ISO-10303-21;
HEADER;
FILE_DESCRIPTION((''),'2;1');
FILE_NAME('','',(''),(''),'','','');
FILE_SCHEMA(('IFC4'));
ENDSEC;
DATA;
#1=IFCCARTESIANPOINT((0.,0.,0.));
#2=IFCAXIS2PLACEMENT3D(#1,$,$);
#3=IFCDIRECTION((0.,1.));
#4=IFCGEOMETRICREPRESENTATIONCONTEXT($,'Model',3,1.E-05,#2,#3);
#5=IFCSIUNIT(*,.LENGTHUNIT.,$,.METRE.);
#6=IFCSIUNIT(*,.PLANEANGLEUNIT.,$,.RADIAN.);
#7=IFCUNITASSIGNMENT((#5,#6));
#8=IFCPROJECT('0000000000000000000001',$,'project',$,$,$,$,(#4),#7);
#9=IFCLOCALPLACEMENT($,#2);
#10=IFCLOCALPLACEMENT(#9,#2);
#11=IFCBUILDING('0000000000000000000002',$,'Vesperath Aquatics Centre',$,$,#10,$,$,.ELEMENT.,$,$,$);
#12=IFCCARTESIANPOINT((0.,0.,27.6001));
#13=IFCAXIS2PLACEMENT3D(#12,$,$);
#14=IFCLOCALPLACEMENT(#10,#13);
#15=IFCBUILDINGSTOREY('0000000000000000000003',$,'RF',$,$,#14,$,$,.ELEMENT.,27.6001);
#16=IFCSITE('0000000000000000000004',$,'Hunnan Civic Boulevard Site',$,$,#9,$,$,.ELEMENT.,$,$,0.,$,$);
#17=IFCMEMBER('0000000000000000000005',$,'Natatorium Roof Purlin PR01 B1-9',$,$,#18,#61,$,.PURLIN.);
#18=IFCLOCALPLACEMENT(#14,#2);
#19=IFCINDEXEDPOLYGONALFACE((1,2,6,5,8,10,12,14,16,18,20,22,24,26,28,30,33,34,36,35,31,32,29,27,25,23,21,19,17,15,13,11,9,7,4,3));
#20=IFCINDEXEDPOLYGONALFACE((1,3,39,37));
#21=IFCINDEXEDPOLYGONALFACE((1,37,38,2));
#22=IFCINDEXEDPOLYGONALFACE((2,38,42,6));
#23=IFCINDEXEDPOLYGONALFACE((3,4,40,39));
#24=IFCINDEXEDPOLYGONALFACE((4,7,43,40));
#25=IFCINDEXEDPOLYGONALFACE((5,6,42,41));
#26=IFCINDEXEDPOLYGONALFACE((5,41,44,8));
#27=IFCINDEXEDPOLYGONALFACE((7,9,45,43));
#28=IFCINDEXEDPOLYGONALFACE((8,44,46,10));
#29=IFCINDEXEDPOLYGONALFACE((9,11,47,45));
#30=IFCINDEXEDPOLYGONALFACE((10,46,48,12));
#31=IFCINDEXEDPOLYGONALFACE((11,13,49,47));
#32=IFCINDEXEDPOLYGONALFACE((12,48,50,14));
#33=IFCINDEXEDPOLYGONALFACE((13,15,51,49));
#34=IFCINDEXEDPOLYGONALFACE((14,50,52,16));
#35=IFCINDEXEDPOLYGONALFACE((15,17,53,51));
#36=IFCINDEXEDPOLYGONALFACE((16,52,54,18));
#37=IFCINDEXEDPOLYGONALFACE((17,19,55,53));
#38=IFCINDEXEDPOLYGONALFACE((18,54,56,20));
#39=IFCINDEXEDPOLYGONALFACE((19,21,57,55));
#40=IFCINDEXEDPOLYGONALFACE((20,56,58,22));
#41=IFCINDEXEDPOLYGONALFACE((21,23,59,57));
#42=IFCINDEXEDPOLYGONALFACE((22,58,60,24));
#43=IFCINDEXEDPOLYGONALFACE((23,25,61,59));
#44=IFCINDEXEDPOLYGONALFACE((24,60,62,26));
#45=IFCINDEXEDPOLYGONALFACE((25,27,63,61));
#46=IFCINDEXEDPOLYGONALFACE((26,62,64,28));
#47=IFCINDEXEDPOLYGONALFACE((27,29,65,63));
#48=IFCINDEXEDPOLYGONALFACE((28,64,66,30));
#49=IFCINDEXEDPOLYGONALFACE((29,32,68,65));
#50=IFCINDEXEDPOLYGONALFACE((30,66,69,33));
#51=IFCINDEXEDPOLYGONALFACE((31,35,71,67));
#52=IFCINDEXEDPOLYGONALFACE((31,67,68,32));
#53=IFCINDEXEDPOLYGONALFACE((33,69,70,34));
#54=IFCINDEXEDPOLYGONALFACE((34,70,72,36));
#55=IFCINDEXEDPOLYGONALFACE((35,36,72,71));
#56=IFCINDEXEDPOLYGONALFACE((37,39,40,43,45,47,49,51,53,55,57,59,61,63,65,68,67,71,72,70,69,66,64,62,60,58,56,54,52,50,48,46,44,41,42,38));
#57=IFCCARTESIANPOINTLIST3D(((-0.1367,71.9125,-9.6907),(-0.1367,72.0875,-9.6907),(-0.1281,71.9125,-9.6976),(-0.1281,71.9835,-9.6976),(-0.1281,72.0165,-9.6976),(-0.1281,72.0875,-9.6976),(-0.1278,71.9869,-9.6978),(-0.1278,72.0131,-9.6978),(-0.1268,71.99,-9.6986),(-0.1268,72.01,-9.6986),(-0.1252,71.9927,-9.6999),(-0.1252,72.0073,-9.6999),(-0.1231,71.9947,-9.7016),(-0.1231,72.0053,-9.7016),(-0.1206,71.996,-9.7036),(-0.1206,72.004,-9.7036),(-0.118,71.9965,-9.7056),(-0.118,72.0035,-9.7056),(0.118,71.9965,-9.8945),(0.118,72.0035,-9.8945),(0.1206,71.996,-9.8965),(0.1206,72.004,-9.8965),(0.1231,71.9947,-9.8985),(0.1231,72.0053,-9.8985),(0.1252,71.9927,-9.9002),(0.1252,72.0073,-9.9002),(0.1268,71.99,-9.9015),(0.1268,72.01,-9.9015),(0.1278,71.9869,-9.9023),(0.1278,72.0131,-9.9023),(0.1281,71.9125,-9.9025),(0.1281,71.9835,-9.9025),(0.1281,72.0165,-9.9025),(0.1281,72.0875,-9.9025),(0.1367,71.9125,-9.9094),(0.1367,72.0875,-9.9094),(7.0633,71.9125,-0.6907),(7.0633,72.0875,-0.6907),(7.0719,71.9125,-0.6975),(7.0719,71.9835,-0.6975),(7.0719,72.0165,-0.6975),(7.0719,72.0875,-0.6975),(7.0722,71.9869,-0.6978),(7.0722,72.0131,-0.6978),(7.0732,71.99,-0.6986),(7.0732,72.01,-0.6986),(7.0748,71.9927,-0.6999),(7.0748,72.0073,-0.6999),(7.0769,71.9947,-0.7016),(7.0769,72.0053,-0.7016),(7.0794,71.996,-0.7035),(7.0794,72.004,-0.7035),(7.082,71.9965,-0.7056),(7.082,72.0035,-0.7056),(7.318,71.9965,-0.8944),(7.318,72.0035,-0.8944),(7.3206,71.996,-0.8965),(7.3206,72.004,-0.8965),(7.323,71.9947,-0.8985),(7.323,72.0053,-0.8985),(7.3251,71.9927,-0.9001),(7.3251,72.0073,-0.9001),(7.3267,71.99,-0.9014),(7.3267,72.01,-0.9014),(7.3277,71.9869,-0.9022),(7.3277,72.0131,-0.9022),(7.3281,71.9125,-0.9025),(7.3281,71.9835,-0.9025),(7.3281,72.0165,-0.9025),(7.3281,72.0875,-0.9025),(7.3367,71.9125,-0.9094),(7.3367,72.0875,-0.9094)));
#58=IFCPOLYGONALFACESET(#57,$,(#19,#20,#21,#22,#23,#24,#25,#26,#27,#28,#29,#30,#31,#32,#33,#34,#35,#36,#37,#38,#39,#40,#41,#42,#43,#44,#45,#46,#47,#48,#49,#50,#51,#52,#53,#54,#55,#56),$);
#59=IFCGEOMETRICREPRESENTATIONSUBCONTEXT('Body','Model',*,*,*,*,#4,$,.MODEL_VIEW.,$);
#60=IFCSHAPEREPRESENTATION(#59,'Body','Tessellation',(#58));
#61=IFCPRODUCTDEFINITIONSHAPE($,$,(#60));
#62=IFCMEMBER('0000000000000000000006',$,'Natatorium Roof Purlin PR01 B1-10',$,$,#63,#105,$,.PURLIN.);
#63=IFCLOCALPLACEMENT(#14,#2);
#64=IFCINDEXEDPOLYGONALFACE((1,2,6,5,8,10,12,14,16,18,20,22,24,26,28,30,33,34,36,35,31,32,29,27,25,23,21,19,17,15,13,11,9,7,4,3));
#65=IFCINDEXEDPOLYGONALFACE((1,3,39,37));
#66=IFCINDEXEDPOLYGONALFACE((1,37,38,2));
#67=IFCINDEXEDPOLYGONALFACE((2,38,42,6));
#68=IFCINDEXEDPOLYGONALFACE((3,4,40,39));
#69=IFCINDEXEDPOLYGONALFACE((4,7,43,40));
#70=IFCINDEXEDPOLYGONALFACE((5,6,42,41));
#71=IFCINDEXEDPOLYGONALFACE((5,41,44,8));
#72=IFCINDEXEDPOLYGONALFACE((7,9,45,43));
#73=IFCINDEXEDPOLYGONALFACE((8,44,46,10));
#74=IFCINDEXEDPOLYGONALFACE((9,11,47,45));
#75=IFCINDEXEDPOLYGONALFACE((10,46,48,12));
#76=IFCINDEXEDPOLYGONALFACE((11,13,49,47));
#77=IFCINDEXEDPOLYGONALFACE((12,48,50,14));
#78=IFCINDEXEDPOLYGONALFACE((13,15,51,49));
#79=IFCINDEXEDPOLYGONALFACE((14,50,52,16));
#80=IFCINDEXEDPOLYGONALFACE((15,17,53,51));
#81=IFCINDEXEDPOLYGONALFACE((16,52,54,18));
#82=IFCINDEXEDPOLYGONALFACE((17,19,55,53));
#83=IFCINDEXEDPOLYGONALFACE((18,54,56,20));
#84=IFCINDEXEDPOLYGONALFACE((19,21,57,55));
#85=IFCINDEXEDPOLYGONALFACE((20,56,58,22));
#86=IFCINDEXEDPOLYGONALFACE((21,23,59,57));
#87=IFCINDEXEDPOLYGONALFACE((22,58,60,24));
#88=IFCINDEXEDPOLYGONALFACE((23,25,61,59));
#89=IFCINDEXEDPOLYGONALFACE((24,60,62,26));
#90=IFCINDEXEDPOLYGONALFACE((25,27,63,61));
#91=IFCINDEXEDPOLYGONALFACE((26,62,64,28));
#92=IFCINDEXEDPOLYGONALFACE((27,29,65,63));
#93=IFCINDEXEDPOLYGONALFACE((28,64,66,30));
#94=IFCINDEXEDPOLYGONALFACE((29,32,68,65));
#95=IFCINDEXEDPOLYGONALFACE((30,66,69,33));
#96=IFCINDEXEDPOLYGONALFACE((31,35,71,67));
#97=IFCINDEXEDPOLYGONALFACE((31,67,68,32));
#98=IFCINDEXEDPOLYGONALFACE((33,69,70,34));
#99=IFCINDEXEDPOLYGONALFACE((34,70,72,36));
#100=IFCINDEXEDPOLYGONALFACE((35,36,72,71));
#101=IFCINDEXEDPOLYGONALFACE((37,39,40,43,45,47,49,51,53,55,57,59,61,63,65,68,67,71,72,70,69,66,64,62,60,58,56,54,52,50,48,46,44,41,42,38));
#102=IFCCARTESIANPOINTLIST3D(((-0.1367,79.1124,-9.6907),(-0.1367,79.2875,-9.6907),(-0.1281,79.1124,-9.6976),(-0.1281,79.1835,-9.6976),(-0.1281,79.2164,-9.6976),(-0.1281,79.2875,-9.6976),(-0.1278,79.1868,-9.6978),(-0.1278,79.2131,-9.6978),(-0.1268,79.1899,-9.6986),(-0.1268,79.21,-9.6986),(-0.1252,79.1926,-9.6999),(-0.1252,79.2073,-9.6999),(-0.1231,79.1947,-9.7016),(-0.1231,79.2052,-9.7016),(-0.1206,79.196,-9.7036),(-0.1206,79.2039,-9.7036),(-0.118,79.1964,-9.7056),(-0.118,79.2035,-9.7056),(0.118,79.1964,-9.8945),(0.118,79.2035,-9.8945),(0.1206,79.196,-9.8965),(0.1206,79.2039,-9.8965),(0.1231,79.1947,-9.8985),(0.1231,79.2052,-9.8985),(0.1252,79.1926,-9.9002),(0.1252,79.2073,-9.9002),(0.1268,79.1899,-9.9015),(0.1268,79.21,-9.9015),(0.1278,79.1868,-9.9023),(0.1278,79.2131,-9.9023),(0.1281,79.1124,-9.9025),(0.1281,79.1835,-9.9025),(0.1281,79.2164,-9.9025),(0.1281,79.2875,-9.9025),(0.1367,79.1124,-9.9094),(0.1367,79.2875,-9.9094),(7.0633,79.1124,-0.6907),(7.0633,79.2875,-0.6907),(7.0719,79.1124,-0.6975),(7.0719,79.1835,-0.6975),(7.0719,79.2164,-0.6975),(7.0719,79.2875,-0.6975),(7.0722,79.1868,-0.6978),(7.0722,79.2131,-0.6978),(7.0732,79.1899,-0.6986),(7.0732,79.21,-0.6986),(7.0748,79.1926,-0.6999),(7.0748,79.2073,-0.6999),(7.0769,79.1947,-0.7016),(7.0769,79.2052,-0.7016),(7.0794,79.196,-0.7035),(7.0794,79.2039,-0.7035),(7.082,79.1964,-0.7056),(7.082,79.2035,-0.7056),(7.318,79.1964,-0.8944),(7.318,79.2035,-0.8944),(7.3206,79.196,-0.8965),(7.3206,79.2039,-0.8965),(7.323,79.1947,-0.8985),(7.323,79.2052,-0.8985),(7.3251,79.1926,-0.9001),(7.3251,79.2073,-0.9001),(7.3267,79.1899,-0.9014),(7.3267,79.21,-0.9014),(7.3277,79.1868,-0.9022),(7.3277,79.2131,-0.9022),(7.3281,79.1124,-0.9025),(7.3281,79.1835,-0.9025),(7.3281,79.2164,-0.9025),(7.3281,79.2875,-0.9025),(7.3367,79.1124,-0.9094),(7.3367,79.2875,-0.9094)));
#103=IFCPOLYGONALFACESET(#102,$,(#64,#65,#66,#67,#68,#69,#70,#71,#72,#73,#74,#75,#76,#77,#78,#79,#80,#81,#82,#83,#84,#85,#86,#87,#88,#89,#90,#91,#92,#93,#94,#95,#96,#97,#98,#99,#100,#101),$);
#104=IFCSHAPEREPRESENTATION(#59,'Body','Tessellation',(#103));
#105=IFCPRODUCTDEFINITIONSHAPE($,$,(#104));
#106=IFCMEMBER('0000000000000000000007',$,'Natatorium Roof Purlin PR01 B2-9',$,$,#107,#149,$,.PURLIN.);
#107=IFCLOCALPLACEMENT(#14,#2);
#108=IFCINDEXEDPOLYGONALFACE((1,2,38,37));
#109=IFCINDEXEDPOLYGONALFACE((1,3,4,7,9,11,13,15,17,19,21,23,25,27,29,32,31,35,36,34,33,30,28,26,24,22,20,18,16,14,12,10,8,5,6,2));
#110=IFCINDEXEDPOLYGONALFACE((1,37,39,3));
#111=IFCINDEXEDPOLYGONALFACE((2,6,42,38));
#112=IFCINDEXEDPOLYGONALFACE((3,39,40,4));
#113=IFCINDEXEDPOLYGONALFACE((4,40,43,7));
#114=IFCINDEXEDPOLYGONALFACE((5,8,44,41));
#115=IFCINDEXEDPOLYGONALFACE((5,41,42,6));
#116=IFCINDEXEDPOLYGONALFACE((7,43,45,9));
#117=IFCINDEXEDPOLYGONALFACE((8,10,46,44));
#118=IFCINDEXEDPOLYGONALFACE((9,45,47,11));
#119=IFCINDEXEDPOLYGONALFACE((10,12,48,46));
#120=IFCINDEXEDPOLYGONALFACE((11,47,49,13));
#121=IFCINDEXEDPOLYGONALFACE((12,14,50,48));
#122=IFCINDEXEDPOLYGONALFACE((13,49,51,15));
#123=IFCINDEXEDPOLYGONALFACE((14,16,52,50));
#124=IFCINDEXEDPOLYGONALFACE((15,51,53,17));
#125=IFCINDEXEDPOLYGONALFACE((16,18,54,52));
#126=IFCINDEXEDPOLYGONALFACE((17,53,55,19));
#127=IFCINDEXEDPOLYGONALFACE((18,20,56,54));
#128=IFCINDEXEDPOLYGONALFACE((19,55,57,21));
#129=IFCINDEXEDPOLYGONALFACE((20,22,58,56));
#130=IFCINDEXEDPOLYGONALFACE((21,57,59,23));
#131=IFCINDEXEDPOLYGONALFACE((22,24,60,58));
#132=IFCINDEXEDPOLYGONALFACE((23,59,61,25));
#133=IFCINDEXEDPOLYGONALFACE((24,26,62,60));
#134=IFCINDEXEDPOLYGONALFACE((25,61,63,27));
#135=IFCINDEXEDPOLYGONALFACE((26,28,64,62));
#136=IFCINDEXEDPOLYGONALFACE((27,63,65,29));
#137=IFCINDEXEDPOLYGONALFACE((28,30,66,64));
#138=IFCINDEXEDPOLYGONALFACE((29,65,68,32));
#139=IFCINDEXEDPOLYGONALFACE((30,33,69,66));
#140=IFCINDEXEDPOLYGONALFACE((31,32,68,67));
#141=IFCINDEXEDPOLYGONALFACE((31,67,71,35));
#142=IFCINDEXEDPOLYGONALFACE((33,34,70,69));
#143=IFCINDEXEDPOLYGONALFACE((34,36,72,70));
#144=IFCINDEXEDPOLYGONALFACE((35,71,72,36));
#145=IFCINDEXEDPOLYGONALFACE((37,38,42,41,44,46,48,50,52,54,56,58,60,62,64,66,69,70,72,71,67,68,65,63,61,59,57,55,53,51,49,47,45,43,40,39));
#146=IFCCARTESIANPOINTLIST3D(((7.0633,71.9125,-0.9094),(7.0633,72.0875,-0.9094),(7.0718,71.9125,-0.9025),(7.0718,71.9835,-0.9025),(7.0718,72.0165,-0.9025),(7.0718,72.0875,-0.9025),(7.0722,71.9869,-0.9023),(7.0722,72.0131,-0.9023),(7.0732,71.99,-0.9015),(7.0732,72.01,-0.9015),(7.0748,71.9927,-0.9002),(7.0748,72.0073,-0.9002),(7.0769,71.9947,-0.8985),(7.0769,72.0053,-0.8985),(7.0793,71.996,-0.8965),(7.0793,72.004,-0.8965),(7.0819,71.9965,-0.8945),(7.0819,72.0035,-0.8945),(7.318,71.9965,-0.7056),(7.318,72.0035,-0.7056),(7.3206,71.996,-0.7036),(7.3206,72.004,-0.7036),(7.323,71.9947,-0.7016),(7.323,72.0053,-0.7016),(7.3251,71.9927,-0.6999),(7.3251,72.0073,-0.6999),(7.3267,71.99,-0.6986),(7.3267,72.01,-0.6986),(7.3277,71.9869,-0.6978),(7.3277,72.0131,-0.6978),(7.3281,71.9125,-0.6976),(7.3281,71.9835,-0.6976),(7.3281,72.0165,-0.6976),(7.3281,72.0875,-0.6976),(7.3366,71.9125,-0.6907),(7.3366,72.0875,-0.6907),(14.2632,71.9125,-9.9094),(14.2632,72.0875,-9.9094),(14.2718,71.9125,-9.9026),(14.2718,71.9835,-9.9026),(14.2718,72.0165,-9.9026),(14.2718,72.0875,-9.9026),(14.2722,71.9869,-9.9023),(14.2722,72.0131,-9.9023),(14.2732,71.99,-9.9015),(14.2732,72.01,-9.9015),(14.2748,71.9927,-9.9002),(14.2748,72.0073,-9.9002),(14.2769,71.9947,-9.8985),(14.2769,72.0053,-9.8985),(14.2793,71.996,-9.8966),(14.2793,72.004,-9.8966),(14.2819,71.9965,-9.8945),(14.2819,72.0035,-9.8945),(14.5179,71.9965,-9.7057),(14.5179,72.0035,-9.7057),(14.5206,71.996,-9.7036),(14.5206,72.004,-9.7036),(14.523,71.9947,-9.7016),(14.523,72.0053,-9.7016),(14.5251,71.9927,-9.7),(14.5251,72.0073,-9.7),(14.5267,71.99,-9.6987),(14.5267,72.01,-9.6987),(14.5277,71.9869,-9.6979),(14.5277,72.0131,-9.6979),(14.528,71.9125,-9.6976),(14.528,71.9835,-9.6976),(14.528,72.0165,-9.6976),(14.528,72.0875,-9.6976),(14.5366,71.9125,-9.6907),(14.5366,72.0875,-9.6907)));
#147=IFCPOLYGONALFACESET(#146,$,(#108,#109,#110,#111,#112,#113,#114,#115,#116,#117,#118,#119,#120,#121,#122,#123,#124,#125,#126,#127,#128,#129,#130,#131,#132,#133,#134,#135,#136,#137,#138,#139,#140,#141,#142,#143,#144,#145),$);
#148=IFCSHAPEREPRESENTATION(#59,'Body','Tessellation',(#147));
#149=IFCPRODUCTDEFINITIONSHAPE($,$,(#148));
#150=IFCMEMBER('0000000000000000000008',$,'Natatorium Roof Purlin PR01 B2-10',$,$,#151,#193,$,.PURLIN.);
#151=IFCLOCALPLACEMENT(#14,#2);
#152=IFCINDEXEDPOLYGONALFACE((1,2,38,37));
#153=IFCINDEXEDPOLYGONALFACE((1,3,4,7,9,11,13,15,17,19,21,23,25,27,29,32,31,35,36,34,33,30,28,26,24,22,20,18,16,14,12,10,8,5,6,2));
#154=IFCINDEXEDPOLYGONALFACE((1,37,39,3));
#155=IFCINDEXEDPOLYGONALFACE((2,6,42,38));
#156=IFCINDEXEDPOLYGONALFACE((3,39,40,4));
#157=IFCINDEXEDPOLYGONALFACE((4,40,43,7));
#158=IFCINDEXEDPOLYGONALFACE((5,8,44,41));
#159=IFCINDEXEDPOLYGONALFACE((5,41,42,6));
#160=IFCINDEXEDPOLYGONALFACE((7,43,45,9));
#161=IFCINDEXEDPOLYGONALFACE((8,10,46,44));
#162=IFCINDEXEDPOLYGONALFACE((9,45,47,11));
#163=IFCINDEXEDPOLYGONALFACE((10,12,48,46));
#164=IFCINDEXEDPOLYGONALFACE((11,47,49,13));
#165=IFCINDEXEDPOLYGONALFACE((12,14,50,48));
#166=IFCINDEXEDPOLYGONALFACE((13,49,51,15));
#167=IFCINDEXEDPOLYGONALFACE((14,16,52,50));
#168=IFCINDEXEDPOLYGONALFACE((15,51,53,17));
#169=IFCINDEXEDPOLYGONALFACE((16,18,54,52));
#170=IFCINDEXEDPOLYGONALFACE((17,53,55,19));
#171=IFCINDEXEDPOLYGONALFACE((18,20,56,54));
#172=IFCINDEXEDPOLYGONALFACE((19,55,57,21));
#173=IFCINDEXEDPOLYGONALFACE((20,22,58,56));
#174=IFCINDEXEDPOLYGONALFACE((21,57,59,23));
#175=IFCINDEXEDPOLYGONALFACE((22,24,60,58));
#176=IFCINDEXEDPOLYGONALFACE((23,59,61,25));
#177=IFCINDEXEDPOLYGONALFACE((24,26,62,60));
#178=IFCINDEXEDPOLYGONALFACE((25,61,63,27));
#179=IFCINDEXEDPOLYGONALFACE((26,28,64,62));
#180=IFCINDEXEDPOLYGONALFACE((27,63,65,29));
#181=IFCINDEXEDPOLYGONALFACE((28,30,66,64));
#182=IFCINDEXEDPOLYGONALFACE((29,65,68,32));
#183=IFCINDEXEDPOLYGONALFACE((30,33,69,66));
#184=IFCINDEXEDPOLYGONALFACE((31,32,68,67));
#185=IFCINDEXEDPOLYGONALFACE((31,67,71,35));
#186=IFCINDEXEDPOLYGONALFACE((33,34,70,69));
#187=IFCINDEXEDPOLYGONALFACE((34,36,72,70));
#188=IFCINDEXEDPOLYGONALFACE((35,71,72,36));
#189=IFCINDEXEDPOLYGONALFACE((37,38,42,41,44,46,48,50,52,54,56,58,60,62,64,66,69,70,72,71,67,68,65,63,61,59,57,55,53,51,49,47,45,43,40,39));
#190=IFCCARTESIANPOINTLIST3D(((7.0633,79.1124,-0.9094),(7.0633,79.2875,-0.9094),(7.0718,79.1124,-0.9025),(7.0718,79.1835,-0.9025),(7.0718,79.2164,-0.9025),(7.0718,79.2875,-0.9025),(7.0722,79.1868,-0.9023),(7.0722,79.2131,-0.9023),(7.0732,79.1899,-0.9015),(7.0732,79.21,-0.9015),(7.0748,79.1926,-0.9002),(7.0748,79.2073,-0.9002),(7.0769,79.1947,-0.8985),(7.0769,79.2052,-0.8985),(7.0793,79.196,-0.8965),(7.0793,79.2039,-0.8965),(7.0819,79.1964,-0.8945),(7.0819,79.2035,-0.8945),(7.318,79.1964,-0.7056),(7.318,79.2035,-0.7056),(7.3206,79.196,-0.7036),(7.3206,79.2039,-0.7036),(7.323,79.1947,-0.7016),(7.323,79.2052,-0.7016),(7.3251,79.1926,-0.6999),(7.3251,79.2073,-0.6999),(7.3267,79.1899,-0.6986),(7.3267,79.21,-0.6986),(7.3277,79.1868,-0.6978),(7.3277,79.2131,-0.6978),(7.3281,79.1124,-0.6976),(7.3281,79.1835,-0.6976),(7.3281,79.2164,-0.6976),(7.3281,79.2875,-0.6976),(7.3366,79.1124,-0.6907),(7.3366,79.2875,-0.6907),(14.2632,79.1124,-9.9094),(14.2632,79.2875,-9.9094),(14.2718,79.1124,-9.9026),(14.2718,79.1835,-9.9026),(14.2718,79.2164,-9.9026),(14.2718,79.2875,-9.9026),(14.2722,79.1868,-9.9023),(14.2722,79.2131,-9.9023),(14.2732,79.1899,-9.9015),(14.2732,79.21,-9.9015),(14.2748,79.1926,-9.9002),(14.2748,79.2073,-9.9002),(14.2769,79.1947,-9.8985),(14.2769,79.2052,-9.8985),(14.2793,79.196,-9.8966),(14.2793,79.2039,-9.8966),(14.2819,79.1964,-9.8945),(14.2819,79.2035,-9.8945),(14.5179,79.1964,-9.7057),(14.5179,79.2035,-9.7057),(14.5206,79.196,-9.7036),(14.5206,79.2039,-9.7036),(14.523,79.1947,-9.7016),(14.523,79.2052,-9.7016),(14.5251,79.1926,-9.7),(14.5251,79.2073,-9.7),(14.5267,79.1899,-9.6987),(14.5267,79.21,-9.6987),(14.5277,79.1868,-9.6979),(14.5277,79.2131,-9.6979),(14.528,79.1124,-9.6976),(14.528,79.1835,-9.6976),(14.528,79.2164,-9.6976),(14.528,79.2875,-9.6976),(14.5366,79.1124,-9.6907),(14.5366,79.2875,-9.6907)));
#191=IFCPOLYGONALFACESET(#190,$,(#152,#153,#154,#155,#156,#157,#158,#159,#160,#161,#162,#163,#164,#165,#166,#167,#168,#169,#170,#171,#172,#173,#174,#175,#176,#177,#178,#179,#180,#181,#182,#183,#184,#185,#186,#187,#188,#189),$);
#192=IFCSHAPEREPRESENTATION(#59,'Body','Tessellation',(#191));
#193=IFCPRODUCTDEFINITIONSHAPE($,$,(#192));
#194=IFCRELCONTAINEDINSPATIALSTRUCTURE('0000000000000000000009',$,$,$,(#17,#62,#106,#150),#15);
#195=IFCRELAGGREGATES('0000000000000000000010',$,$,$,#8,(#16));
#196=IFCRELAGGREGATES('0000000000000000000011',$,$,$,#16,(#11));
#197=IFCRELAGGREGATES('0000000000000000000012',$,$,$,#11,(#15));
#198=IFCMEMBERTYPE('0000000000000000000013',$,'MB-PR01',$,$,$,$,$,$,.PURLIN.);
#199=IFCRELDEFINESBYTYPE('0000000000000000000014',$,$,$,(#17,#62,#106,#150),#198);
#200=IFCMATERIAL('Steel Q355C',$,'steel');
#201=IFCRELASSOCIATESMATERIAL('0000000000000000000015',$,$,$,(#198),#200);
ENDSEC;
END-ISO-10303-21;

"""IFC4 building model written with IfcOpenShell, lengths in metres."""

from ifc_helpers import new_model, si_unit, direction, frame, origin, origin_2d, place, context, subcontext, project, spatial, i_section, extrude, material, material_profile, profile_set, type_object, element, save


model = new_model("IFC4")

# Units and contexts
model_context = context("Model", 3, precision=1e-05, world=origin(), true_north=direction((0.0, 1.0)))
body_context = subcontext(model_context, "Body", "Model", "MODEL_VIEW")
ifc_project = project(units=[si_unit("LENGTHUNIT", "METRE"), si_unit("PLANEANGLEUNIT", "RADIAN")], contexts=[model_context])

# Site, building, storey
site_placement = place(None, origin())
site = spatial("IfcSite", under=ifc_project, at=site_placement, Name="Hunnan Civic Boulevard Site", CompositionType="ELEMENT", RefElevation=0.0)
building_placement = place(site_placement, origin())
building = spatial("IfcBuilding", under=site, at=building_placement, Name="Vesperath Aquatics Centre", CompositionType="ELEMENT")
storey_placement = place(building_placement, frame((0.0, 0.0, 27.6001)))
storey = spatial("IfcBuildingStorey", under=building, at=storey_placement, Name="RF", CompositionType="ELEMENT", Elevation=27.6001)

# Shared definitions
ifc_material_1 = material(Name="Steel Q355C", Category="steel")

# Members
ifc_material_profile_1 = material_profile(ifc_material_1, i_section(OverallWidth=0.175, OverallDepth=0.3501, WebThickness=0.0071, FlangeThickness=0.011, FilletRadius=0.0129, at=origin_2d()), Name="HN 350x175x7x11")
ifc_profile_set_1 = profile_set([ifc_material_profile_1], Name="Steel Q355C")
member_type_1 = type_object("IfcMemberType", Name="MB-PR01", PredefinedType="PURLIN", material=ifc_profile_set_1)
for number, where, z_axis, x_axis, name in (
    (1, (0.0, 72.0, -9.8), (0.624692, 0.0, 0.780871), (0.0, 1.0, 0.0), "Natatorium Roof Purlin PR01 B1-9"),
    (2, (0.0, 79.2, -9.8), (0.624692, 0.0, 0.780871), (0.0, 1.0, 0.0), "Natatorium Roof Purlin PR01 B1-10"),
    (3, (7.2, 72.0, -0.8), (0.624692, 0.0, -0.780871), (0.0, 1.0, 0.0), "Natatorium Roof Purlin PR01 B2-9"),
    (4, (7.2, 79.2, -0.8), (0.624692, 0.0, -0.780871), (0.0, 1.0, 0.0), "Natatorium Roof Purlin PR01 B2-10"),
):
    element("IfcMember", number, at=place(storey_placement, frame(where, z_axis=z_axis, x_axis=x_axis)), inside=storey, type_object=member_type_1, Name=name, PredefinedType="PURLIN", context=body_context, shape_type="SweptSolid", body=[
        extrude(i_section(OverallWidth=0.175, OverallDepth=0.3501, WebThickness=0.0071, FlangeThickness=0.011, FilletRadius=0.0129, at=origin_2d()), origin(), (0.0, 0.0, 1.0), 11.5256),
    ])

save(model, "model.ifc")
